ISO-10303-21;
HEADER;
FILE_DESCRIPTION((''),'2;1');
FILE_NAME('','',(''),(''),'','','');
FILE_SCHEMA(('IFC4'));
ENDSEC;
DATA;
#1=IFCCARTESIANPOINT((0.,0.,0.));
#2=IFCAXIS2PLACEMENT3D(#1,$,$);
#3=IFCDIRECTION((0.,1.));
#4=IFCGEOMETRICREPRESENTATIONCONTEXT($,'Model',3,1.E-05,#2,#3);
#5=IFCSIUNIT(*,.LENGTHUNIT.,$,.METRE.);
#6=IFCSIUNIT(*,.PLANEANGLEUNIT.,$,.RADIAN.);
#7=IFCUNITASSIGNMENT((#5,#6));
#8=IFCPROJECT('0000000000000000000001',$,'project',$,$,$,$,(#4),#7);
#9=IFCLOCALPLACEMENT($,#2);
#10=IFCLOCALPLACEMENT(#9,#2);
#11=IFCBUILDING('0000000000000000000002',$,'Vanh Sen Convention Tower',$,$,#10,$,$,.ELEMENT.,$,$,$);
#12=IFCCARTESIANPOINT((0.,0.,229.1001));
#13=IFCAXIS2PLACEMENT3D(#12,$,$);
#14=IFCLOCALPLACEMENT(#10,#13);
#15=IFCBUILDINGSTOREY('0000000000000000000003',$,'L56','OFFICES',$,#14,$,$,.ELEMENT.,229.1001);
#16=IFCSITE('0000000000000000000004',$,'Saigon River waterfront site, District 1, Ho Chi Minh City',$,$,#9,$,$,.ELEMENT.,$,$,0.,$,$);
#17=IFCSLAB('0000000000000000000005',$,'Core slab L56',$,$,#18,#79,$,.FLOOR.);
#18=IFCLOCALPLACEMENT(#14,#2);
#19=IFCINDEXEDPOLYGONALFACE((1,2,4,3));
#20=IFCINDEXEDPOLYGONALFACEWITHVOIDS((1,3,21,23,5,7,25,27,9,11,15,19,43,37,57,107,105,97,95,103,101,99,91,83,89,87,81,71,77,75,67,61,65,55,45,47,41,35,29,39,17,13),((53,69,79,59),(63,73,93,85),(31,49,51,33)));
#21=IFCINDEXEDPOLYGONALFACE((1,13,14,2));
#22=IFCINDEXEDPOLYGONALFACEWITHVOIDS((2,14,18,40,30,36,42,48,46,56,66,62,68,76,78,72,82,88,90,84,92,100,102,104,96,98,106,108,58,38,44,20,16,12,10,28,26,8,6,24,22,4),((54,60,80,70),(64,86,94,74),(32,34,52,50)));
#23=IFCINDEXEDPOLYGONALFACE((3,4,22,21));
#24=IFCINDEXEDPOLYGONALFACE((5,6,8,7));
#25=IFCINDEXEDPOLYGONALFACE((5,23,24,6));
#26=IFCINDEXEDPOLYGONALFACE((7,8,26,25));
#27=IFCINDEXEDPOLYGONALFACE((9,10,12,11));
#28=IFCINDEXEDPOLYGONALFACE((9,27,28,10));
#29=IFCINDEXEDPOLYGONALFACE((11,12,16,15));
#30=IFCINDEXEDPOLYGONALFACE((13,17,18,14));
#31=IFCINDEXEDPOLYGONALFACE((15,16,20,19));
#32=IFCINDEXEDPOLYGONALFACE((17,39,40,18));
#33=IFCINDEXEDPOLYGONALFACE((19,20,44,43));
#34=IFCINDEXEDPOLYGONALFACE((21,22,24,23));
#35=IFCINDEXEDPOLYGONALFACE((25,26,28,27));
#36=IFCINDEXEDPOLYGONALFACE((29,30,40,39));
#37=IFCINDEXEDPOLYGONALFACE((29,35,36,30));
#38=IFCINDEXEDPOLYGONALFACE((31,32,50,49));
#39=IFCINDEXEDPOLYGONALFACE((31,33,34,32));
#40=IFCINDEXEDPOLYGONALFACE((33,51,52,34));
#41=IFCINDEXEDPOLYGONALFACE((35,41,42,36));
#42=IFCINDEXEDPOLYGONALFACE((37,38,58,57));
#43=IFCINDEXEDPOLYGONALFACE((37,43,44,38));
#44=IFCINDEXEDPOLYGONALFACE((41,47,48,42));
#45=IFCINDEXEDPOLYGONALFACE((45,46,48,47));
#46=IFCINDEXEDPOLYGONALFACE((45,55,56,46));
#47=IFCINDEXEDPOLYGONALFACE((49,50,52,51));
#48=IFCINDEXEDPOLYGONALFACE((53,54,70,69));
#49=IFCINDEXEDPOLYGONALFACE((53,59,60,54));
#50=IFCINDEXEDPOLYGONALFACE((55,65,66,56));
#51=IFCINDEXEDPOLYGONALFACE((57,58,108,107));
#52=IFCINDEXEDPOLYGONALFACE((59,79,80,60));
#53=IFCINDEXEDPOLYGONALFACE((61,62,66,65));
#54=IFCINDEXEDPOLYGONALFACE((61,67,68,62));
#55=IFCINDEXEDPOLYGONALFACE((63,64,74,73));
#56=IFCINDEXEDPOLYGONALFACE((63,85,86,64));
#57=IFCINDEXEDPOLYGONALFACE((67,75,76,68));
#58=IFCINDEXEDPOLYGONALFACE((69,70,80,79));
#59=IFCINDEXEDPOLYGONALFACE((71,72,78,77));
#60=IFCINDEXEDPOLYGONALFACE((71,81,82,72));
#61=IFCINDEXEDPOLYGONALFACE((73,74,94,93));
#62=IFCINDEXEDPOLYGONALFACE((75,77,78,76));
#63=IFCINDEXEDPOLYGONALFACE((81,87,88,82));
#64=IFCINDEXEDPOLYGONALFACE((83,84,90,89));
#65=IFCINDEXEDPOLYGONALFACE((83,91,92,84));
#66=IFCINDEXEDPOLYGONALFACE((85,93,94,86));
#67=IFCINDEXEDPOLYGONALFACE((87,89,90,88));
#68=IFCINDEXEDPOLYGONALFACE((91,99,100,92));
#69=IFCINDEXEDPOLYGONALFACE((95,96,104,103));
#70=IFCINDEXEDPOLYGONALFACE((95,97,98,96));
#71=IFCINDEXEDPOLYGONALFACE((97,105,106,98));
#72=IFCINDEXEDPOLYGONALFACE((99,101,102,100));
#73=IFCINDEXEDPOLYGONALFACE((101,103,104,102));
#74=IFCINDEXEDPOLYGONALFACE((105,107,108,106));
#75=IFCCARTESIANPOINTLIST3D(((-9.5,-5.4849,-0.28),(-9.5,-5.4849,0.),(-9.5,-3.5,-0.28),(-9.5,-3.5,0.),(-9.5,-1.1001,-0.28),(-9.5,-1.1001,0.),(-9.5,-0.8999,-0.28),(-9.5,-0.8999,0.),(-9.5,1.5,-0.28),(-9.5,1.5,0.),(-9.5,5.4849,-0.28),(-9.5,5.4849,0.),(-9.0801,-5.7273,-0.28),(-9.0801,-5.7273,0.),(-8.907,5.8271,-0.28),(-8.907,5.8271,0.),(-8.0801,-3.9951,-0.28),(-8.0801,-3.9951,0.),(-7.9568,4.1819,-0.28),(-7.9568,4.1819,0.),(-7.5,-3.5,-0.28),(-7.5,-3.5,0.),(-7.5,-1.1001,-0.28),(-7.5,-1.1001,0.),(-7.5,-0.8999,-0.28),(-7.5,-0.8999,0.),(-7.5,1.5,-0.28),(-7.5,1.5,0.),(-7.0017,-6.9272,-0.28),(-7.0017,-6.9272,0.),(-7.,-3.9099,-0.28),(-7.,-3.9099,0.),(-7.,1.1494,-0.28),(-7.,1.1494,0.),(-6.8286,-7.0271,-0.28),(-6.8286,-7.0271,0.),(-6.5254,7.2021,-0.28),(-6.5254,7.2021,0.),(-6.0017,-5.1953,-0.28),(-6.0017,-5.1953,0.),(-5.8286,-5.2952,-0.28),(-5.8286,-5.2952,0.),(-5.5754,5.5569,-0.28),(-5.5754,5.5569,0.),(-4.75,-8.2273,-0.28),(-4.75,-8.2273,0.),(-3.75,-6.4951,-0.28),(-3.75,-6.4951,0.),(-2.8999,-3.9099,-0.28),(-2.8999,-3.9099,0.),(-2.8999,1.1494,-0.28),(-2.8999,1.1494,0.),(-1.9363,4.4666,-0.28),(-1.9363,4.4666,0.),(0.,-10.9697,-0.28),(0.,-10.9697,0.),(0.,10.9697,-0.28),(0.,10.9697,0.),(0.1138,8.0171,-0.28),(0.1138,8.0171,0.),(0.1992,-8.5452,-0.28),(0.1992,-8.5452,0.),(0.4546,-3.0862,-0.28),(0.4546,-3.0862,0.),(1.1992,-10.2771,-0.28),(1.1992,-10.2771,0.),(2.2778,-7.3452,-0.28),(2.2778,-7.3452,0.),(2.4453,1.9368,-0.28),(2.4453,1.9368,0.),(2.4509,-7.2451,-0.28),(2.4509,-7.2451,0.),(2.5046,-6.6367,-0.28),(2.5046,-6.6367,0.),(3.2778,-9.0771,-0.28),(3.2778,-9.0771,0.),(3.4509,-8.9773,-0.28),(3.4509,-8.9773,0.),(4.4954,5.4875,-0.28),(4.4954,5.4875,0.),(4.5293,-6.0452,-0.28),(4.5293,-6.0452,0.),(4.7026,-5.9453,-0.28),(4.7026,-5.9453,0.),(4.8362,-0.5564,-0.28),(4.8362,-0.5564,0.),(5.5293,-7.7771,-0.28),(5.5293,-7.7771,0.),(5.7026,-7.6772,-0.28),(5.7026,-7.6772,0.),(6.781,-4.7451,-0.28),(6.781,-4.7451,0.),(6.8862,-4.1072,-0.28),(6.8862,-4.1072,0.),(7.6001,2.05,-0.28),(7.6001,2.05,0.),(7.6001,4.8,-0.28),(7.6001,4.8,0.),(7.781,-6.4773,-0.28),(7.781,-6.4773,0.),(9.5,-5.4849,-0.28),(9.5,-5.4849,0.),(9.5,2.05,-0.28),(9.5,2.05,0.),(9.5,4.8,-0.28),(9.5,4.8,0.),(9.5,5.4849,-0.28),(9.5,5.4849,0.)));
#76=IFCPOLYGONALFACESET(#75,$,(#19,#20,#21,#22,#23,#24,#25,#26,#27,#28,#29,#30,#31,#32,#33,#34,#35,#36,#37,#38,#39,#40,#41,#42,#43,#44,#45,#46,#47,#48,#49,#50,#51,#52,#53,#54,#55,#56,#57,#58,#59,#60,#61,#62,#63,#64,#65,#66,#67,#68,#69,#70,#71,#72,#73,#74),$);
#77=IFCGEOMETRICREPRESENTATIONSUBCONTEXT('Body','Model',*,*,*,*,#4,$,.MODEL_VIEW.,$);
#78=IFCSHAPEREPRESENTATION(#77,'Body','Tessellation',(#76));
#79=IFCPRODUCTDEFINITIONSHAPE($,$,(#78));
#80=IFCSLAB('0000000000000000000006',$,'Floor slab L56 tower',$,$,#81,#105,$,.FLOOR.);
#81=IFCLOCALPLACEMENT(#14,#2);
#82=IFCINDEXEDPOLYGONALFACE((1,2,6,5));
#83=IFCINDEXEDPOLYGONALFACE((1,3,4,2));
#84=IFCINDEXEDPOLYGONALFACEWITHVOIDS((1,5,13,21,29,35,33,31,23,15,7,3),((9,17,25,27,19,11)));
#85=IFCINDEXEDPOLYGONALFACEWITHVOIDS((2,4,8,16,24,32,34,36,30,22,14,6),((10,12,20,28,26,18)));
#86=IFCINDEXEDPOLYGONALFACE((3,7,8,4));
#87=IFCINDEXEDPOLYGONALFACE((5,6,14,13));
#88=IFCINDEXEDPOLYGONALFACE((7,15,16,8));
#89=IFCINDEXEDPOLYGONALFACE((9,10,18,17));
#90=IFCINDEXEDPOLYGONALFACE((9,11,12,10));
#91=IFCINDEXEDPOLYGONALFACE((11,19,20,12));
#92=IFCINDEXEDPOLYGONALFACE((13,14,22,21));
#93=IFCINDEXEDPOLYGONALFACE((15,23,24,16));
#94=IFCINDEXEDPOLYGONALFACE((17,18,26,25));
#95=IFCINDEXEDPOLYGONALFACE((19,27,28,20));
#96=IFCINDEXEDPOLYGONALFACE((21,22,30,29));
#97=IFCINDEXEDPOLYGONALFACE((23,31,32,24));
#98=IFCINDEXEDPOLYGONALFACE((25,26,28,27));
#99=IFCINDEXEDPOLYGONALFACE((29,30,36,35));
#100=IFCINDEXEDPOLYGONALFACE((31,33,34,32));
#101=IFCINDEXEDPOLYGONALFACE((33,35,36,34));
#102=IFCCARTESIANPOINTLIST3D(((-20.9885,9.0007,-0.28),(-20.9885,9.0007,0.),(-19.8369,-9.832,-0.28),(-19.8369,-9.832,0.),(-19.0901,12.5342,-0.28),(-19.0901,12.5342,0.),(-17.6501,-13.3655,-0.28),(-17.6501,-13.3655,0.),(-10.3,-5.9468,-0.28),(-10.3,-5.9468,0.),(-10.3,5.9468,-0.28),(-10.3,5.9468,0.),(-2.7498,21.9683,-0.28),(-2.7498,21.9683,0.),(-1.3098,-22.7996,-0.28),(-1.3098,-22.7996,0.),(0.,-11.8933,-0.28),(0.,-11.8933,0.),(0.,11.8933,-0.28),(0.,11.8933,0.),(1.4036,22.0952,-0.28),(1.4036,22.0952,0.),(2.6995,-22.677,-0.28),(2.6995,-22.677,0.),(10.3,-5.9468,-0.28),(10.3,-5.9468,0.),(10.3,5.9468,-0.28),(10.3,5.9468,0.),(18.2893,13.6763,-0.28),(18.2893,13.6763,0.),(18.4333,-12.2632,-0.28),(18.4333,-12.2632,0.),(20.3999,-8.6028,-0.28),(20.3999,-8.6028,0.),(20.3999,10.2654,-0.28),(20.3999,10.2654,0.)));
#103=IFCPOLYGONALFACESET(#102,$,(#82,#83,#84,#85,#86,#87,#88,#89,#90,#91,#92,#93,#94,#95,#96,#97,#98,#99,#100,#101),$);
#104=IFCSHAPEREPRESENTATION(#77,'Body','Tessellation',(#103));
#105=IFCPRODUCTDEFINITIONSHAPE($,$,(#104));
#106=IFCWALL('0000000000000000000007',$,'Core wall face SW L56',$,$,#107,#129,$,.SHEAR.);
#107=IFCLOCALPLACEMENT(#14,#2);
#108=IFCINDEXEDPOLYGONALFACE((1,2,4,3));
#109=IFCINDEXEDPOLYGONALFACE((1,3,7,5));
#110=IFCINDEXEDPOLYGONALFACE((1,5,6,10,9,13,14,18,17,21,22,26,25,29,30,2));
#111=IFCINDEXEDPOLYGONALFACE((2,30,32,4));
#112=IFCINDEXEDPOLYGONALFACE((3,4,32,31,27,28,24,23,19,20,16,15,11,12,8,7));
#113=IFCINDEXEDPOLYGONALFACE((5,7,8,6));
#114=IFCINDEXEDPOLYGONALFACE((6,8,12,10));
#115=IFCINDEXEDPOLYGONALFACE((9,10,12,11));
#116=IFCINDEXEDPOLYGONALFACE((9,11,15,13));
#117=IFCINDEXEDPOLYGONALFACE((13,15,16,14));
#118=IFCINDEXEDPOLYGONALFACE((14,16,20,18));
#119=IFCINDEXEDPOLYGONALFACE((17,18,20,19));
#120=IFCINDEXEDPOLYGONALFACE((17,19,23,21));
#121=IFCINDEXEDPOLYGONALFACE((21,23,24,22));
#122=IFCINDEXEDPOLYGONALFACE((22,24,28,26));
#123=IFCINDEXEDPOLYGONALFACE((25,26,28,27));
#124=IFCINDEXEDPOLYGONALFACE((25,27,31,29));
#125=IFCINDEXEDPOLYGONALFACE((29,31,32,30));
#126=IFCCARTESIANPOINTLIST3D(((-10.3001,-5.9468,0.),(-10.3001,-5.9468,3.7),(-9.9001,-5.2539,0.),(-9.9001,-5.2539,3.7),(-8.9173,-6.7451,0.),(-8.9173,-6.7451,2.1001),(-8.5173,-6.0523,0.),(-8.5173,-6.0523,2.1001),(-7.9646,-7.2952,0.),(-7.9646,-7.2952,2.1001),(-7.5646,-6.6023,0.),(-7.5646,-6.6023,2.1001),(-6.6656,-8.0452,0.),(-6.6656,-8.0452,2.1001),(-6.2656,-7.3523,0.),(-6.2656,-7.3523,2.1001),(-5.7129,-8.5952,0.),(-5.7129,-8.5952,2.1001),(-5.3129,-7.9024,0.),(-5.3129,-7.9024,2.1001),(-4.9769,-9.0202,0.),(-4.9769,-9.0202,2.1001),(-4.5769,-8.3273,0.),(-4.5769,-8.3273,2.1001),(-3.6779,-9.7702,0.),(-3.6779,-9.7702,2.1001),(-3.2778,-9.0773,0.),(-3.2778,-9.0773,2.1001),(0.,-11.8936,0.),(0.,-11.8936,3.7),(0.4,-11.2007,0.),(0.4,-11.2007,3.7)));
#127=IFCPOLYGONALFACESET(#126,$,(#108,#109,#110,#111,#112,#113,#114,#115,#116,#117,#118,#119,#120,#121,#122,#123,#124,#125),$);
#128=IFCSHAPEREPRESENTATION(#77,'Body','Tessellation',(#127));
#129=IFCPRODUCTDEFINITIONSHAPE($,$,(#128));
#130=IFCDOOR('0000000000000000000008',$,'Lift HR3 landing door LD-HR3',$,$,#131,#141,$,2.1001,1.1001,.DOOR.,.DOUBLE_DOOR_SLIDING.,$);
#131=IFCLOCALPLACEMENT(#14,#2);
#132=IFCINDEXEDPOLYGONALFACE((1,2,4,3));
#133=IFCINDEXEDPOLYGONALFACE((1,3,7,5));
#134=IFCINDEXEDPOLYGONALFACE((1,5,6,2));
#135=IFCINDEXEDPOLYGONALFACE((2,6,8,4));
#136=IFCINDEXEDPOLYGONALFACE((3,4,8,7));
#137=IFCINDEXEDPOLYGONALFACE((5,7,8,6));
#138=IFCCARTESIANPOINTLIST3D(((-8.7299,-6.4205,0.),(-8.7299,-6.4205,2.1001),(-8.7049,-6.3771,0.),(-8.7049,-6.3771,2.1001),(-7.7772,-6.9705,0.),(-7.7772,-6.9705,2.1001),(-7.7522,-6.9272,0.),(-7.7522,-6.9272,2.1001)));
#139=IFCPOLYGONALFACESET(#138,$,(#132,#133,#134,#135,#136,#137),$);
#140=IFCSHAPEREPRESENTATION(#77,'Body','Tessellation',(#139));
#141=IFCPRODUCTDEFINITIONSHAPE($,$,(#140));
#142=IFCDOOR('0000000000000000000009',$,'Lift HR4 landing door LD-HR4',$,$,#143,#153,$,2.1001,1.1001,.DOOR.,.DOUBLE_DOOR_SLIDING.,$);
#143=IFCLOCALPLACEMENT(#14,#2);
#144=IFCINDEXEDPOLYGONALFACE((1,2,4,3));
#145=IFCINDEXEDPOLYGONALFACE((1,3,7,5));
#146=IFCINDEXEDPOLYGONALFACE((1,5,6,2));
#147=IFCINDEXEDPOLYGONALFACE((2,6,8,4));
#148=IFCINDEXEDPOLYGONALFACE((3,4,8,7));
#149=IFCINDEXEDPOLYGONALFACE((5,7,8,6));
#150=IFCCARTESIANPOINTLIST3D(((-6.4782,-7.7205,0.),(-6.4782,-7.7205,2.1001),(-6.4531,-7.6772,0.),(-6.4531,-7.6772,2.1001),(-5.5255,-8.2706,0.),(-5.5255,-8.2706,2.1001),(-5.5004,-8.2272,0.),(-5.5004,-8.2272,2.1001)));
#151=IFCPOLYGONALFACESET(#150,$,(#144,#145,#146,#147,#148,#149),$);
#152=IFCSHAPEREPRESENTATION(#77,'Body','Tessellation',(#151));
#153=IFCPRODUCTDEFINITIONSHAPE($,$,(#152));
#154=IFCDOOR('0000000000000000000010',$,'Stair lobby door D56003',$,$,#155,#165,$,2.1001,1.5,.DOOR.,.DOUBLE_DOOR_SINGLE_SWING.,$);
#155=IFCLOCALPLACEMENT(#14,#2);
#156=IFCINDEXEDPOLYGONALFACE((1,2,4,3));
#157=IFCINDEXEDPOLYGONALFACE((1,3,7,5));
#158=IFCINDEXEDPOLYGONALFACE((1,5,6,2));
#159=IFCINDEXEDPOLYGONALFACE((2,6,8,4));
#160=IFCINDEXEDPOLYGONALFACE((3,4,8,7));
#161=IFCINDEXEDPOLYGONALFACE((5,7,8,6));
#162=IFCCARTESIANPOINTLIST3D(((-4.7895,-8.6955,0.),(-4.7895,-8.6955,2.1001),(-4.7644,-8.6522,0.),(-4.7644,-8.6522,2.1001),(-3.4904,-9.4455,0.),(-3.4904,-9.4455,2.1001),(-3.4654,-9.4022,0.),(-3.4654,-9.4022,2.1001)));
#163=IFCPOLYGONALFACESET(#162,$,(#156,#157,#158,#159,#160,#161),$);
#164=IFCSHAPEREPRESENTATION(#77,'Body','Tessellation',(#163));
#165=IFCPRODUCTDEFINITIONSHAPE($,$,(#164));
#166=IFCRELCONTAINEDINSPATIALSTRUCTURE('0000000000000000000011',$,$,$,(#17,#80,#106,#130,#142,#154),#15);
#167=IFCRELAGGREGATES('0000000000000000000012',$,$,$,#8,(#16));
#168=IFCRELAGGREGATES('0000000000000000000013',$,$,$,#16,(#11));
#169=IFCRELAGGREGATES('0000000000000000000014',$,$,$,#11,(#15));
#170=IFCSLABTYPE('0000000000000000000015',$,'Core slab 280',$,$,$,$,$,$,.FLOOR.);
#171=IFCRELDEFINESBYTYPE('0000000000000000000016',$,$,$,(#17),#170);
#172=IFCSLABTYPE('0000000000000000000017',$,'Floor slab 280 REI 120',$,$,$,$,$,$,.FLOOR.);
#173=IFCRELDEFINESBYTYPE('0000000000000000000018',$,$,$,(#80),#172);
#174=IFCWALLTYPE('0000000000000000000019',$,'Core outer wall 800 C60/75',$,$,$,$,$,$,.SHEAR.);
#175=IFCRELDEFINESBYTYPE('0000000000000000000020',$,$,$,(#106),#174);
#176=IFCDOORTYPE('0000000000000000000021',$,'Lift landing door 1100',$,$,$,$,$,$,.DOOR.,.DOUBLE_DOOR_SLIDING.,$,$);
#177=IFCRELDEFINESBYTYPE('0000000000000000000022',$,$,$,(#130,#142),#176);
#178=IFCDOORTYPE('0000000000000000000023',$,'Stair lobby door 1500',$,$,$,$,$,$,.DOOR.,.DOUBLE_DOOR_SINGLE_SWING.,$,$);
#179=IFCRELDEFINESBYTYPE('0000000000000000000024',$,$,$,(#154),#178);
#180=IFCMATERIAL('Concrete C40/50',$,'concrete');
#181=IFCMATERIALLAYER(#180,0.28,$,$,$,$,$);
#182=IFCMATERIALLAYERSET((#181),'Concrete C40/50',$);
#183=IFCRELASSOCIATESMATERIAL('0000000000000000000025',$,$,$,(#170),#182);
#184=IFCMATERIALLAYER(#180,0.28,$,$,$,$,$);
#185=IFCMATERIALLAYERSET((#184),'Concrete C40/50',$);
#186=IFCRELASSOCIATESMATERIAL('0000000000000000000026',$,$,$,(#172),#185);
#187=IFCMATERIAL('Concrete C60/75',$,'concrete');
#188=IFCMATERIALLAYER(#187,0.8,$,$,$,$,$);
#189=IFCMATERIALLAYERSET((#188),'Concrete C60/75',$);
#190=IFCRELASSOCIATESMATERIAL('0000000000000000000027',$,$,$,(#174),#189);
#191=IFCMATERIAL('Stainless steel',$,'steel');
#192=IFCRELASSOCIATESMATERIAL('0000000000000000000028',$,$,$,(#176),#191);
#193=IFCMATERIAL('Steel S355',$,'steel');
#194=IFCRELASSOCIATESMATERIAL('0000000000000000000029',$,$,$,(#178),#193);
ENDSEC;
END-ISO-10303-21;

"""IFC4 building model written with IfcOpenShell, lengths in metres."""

from ifc_helpers import new_model, si_unit, direction, frame, frame_2d, origin, place, context, subcontext, project, spatial, polyline, rectangle, outline, extrude, material, layer, layer_set, type_object, element, fill, save


model = new_model("IFC4")

# Units and contexts
model_context = context("Model", 3, precision=1e-05, world=origin(), true_north=direction((0.0, 1.0)))
body_context = subcontext(model_context, "Body", "Model", "MODEL_VIEW")
ifc_project = project(units=[si_unit("LENGTHUNIT", "METRE"), si_unit("PLANEANGLEUNIT", "RADIAN")], contexts=[model_context])

# Site, building, storey
site_placement = place(None, origin())
site = spatial("IfcSite", under=ifc_project, at=site_placement, Name="Saigon River waterfront site, District 1, Ho Chi Minh City", CompositionType="ELEMENT", RefElevation=0.0)
building_placement = place(site_placement, origin())
building = spatial("IfcBuilding", under=site, at=building_placement, Name="Vanh Sen Convention Tower", CompositionType="ELEMENT")
storey_placement = place(building_placement, frame((0.0, 0.0, 229.1001)))
storey = spatial("IfcBuildingStorey", under=building, at=storey_placement, Name="L56", Description="OFFICES", CompositionType="ELEMENT", Elevation=229.1001)

# Slabs
ifc_material_1 = material(Name="Concrete C40/50", Category="concrete")
ifc_layer_1 = layer(ifc_material_1, 0.28)
ifc_layer_set_1 = layer_set([ifc_layer_1], Name="Concrete C40/50")
slab_type_1 = type_object("IfcSlabType", Name="Core slab 280", PredefinedType="FLOOR", material=ifc_layer_set_1)
slab_1_placement = place(storey_placement, frame((0.0, 0.0, -0.28)))
element("IfcSlab", 1, at=slab_1_placement, inside=storey, type_object=slab_type_1, Name="Core slab L56", PredefinedType="FLOOR", context=body_context, shape_type="SweptSolid", body=[
    extrude(outline(polyline([(0.0, 10.9697), (9.5, 5.4849), (9.5, 4.8), (7.6001, 4.8), (7.6001, 2.05), (9.5, 2.05), (9.5, -5.4849), (7.781, -6.4773), (6.781, -4.7451), (4.7026, -5.9453), (5.7026, -7.6772), (5.5293, -7.7771), (4.5293, -6.0452), (2.4509, -7.2451), (3.4509, -8.9773), (3.2778, -9.0771), (2.2778, -7.3452), (0.1992, -8.5452), (1.1992, -10.2771), (0.0, -10.9697), (-4.75, -8.2273), (-3.75, -6.4951), (-5.8286, -5.2952), (-6.8286, -7.0271), (-7.0017, -6.9272), (-6.0017, -5.1953), (-8.0801, -3.9951), (-9.0801, -5.7273), (-9.5, -5.4849), (-9.5, -3.5), (-7.5, -3.5), (-7.5, -1.1001), (-9.5, -1.1001), (-9.5, -0.8999), (-7.5, -0.8999), (-7.5, 1.5), (-9.5, 1.5), (-9.5, 5.4849), (-8.907, 5.8271), (-7.9568, 4.1819), (-5.5754, 5.5569), (-6.5254, 7.2021), (0.0, 10.9697)]), holes=[polyline([(-7.0, 1.1494), (-7.0, -3.9099), (-2.8999, -3.9099), (-2.8999, 1.1494), (-7.0, 1.1494)]), polyline([(2.5046, -6.6367), (6.8862, -4.1072), (4.8362, -0.5564), (0.4546, -3.0862), (2.5046, -6.6367)]), polyline([(0.1138, 8.0171), (-1.9363, 4.4666), (2.4453, 1.9368), (4.4954, 5.4875), (0.1138, 8.0171)])]), origin(), (0.0, 0.0, 1.0), 0.28),
])
ifc_layer_2 = layer(ifc_material_1, 0.28)
ifc_layer_set_2 = layer_set([ifc_layer_2], Name="Concrete C40/50")
slab_type_2 = type_object("IfcSlabType", Name="Floor slab 280 REI 120", PredefinedType="FLOOR", material=ifc_layer_set_2)
slab_2_placement = place(storey_placement, frame((0.0, 0.0, -0.28)))
element("IfcSlab", 2, at=slab_2_placement, inside=storey, type_object=slab_type_2, Name="Floor slab L56 tower", PredefinedType="FLOOR", context=body_context, shape_type="SweptSolid", body=[
    extrude(outline(polyline([(20.3999, -8.6028), (20.3999, 10.2654), (18.2893, 13.6763), (1.4036, 22.0952), (-2.7498, 21.9683), (-19.0901, 12.5342), (-20.9885, 9.0007), (-19.8369, -9.832), (-17.6501, -13.3655), (-1.3098, -22.7996), (2.6995, -22.677), (18.4333, -12.2632), (20.3999, -8.6028)]), holes=[polyline([(0.0, 11.8933), (-10.3, 5.9468), (-10.3, -5.9468), (0.0, -11.8933), (10.3, -5.9468), (10.3, 5.9468), (0.0, 11.8933)])]), origin(), (0.0, 0.0, 1.0), 0.28),
])

# Wall, openings, doors
ifc_material_2 = material(Name="Concrete C60/75", Category="concrete")
ifc_layer_3 = layer(ifc_material_2, 0.8)
ifc_layer_set_3 = layer_set([ifc_layer_3], Name="Concrete C60/75")
wall_type_1 = type_object("IfcWallType", Name="Core outer wall 800 C60/75", PredefinedType="SHEAR", material=ifc_layer_set_3)
wall_1_placement = place(storey_placement, frame((-10.1001, -5.6003, 0.0), z_axis=(0.0, 0.0, 1.0), x_axis=(0.866024, -0.500003, 0.0)))
wall_1 = element("IfcWall", 3, at=wall_1_placement, inside=storey, type_object=wall_type_1, Name="Core wall face SW L56", PredefinedType="SHEAR", context=body_context, shape_type="SweptSolid", body=[
    extrude(rectangle(XDim=11.8936, YDim=0.8, at=frame_2d((5.9468, 0.0))), origin(), (0.0, 0.0, 1.0), 3.7),
])
opening_1_placement = place(wall_1_placement, frame((6.1467, 0.0, 0.0)))
opening_1 = element("IfcOpeningElement", 4, at=opening_1_placement, cuts=wall_1, PredefinedType="OPENING", context=body_context, shape_type="SweptSolid", body=[
    extrude(rectangle(XDim=1.5, YDim=2.1001, at=frame_2d((0.75, 1.05))), frame((0.0, 0.4099, 0.0), z_axis=(0.0, -1.0, 0.0), x_axis=(1.0, 0.0, 0.0)), (0.0, 0.0, 1.0), 0.8201),
])
opening_2_placement = place(wall_1_placement, frame((1.5967, 0.0, 0.0)))
opening_2 = element("IfcOpeningElement", 5, at=opening_2_placement, cuts=wall_1, PredefinedType="OPENING", context=body_context, shape_type="SweptSolid", body=[
    extrude(rectangle(XDim=1.1001, YDim=2.1001, at=frame_2d((0.55, 1.05))), frame((0.0, 0.4099, 0.0), z_axis=(0.0, -1.0, 0.0), x_axis=(1.0, 0.0, 0.0)), (0.0, 0.0, 1.0), 0.8201),
])
opening_3_placement = place(wall_1_placement, frame((4.1968, 0.0, 0.0)))
opening_3 = element("IfcOpeningElement", 6, at=opening_3_placement, cuts=wall_1, PredefinedType="OPENING", context=body_context, shape_type="SweptSolid", body=[
    extrude(rectangle(XDim=1.1001, YDim=2.1001, at=frame_2d((0.55, 1.05))), frame((0.0, 0.4099, 0.0), z_axis=(0.0, -1.0, 0.0), x_axis=(1.0, 0.0, 0.0)), (0.0, 0.0, 1.0), 0.8201),
])
ifc_material_3 = material(Name="Stainless steel", Category="steel")
door_type_1 = type_object("IfcDoorType", Name="Lift landing door 1100", OperationType="DOUBLE_DOOR_SLIDING", PredefinedType="DOOR", material=ifc_material_3)
door_1_placement = place(opening_2_placement, origin())
door_1 = element("IfcDoor", 7, at=door_1_placement, inside=storey, type_object=door_type_1, Name="Lift HR3 landing door LD-HR3", OperationType="DOUBLE_DOOR_SLIDING", OverallHeight=2.1001, OverallWidth=1.1001, PredefinedType="DOOR", context=body_context, shape_type="SweptSolid", body=[
    extrude(rectangle(XDim=1.1001, YDim=2.1001, at=frame_2d((0.55, 1.05))), frame((0.0, 0.0249, 0.0), z_axis=(0.0, -1.0, 0.0), x_axis=(1.0, 0.0, 0.0)), (0.0, 0.0, 1.0), 0.05),
])
fill(opening_2, door_1)
door_2_placement = place(opening_3_placement, origin())
door_2 = element("IfcDoor", 8, at=door_2_placement, inside=storey, type_object=door_type_1, Name="Lift HR4 landing door LD-HR4", OperationType="DOUBLE_DOOR_SLIDING", OverallHeight=2.1001, OverallWidth=1.1001, PredefinedType="DOOR", context=body_context, shape_type="SweptSolid", body=[
    extrude(rectangle(XDim=1.1001, YDim=2.1001, at=frame_2d((0.55, 1.05))), frame((0.0, 0.0249, 0.0), z_axis=(0.0, -1.0, 0.0), x_axis=(1.0, 0.0, 0.0)), (0.0, 0.0, 1.0), 0.05),
])
fill(opening_3, door_2)
ifc_material_4 = material(Name="Steel S355", Category="steel")
door_type_2 = type_object("IfcDoorType", Name="Stair lobby door 1500", OperationType="DOUBLE_DOOR_SINGLE_SWING", PredefinedType="DOOR", material=ifc_material_4)
door_3_placement = place(opening_1_placement, origin())
door_3 = element("IfcDoor", 9, at=door_3_placement, inside=storey, type_object=door_type_2, Name="Stair lobby door D56003", OperationType="DOUBLE_DOOR_SINGLE_SWING", OverallHeight=2.1001, OverallWidth=1.5, PredefinedType="DOOR", context=body_context, shape_type="SweptSolid", body=[
    extrude(rectangle(XDim=1.5, YDim=2.1001, at=frame_2d((0.75, 1.05))), frame((0.0, 0.0249, 0.0), z_axis=(0.0, -1.0, 0.0), x_axis=(1.0, 0.0, 0.0)), (0.0, 0.0, 1.0), 0.05),
])
fill(opening_1, door_3)

save(model, "model.ifc")
